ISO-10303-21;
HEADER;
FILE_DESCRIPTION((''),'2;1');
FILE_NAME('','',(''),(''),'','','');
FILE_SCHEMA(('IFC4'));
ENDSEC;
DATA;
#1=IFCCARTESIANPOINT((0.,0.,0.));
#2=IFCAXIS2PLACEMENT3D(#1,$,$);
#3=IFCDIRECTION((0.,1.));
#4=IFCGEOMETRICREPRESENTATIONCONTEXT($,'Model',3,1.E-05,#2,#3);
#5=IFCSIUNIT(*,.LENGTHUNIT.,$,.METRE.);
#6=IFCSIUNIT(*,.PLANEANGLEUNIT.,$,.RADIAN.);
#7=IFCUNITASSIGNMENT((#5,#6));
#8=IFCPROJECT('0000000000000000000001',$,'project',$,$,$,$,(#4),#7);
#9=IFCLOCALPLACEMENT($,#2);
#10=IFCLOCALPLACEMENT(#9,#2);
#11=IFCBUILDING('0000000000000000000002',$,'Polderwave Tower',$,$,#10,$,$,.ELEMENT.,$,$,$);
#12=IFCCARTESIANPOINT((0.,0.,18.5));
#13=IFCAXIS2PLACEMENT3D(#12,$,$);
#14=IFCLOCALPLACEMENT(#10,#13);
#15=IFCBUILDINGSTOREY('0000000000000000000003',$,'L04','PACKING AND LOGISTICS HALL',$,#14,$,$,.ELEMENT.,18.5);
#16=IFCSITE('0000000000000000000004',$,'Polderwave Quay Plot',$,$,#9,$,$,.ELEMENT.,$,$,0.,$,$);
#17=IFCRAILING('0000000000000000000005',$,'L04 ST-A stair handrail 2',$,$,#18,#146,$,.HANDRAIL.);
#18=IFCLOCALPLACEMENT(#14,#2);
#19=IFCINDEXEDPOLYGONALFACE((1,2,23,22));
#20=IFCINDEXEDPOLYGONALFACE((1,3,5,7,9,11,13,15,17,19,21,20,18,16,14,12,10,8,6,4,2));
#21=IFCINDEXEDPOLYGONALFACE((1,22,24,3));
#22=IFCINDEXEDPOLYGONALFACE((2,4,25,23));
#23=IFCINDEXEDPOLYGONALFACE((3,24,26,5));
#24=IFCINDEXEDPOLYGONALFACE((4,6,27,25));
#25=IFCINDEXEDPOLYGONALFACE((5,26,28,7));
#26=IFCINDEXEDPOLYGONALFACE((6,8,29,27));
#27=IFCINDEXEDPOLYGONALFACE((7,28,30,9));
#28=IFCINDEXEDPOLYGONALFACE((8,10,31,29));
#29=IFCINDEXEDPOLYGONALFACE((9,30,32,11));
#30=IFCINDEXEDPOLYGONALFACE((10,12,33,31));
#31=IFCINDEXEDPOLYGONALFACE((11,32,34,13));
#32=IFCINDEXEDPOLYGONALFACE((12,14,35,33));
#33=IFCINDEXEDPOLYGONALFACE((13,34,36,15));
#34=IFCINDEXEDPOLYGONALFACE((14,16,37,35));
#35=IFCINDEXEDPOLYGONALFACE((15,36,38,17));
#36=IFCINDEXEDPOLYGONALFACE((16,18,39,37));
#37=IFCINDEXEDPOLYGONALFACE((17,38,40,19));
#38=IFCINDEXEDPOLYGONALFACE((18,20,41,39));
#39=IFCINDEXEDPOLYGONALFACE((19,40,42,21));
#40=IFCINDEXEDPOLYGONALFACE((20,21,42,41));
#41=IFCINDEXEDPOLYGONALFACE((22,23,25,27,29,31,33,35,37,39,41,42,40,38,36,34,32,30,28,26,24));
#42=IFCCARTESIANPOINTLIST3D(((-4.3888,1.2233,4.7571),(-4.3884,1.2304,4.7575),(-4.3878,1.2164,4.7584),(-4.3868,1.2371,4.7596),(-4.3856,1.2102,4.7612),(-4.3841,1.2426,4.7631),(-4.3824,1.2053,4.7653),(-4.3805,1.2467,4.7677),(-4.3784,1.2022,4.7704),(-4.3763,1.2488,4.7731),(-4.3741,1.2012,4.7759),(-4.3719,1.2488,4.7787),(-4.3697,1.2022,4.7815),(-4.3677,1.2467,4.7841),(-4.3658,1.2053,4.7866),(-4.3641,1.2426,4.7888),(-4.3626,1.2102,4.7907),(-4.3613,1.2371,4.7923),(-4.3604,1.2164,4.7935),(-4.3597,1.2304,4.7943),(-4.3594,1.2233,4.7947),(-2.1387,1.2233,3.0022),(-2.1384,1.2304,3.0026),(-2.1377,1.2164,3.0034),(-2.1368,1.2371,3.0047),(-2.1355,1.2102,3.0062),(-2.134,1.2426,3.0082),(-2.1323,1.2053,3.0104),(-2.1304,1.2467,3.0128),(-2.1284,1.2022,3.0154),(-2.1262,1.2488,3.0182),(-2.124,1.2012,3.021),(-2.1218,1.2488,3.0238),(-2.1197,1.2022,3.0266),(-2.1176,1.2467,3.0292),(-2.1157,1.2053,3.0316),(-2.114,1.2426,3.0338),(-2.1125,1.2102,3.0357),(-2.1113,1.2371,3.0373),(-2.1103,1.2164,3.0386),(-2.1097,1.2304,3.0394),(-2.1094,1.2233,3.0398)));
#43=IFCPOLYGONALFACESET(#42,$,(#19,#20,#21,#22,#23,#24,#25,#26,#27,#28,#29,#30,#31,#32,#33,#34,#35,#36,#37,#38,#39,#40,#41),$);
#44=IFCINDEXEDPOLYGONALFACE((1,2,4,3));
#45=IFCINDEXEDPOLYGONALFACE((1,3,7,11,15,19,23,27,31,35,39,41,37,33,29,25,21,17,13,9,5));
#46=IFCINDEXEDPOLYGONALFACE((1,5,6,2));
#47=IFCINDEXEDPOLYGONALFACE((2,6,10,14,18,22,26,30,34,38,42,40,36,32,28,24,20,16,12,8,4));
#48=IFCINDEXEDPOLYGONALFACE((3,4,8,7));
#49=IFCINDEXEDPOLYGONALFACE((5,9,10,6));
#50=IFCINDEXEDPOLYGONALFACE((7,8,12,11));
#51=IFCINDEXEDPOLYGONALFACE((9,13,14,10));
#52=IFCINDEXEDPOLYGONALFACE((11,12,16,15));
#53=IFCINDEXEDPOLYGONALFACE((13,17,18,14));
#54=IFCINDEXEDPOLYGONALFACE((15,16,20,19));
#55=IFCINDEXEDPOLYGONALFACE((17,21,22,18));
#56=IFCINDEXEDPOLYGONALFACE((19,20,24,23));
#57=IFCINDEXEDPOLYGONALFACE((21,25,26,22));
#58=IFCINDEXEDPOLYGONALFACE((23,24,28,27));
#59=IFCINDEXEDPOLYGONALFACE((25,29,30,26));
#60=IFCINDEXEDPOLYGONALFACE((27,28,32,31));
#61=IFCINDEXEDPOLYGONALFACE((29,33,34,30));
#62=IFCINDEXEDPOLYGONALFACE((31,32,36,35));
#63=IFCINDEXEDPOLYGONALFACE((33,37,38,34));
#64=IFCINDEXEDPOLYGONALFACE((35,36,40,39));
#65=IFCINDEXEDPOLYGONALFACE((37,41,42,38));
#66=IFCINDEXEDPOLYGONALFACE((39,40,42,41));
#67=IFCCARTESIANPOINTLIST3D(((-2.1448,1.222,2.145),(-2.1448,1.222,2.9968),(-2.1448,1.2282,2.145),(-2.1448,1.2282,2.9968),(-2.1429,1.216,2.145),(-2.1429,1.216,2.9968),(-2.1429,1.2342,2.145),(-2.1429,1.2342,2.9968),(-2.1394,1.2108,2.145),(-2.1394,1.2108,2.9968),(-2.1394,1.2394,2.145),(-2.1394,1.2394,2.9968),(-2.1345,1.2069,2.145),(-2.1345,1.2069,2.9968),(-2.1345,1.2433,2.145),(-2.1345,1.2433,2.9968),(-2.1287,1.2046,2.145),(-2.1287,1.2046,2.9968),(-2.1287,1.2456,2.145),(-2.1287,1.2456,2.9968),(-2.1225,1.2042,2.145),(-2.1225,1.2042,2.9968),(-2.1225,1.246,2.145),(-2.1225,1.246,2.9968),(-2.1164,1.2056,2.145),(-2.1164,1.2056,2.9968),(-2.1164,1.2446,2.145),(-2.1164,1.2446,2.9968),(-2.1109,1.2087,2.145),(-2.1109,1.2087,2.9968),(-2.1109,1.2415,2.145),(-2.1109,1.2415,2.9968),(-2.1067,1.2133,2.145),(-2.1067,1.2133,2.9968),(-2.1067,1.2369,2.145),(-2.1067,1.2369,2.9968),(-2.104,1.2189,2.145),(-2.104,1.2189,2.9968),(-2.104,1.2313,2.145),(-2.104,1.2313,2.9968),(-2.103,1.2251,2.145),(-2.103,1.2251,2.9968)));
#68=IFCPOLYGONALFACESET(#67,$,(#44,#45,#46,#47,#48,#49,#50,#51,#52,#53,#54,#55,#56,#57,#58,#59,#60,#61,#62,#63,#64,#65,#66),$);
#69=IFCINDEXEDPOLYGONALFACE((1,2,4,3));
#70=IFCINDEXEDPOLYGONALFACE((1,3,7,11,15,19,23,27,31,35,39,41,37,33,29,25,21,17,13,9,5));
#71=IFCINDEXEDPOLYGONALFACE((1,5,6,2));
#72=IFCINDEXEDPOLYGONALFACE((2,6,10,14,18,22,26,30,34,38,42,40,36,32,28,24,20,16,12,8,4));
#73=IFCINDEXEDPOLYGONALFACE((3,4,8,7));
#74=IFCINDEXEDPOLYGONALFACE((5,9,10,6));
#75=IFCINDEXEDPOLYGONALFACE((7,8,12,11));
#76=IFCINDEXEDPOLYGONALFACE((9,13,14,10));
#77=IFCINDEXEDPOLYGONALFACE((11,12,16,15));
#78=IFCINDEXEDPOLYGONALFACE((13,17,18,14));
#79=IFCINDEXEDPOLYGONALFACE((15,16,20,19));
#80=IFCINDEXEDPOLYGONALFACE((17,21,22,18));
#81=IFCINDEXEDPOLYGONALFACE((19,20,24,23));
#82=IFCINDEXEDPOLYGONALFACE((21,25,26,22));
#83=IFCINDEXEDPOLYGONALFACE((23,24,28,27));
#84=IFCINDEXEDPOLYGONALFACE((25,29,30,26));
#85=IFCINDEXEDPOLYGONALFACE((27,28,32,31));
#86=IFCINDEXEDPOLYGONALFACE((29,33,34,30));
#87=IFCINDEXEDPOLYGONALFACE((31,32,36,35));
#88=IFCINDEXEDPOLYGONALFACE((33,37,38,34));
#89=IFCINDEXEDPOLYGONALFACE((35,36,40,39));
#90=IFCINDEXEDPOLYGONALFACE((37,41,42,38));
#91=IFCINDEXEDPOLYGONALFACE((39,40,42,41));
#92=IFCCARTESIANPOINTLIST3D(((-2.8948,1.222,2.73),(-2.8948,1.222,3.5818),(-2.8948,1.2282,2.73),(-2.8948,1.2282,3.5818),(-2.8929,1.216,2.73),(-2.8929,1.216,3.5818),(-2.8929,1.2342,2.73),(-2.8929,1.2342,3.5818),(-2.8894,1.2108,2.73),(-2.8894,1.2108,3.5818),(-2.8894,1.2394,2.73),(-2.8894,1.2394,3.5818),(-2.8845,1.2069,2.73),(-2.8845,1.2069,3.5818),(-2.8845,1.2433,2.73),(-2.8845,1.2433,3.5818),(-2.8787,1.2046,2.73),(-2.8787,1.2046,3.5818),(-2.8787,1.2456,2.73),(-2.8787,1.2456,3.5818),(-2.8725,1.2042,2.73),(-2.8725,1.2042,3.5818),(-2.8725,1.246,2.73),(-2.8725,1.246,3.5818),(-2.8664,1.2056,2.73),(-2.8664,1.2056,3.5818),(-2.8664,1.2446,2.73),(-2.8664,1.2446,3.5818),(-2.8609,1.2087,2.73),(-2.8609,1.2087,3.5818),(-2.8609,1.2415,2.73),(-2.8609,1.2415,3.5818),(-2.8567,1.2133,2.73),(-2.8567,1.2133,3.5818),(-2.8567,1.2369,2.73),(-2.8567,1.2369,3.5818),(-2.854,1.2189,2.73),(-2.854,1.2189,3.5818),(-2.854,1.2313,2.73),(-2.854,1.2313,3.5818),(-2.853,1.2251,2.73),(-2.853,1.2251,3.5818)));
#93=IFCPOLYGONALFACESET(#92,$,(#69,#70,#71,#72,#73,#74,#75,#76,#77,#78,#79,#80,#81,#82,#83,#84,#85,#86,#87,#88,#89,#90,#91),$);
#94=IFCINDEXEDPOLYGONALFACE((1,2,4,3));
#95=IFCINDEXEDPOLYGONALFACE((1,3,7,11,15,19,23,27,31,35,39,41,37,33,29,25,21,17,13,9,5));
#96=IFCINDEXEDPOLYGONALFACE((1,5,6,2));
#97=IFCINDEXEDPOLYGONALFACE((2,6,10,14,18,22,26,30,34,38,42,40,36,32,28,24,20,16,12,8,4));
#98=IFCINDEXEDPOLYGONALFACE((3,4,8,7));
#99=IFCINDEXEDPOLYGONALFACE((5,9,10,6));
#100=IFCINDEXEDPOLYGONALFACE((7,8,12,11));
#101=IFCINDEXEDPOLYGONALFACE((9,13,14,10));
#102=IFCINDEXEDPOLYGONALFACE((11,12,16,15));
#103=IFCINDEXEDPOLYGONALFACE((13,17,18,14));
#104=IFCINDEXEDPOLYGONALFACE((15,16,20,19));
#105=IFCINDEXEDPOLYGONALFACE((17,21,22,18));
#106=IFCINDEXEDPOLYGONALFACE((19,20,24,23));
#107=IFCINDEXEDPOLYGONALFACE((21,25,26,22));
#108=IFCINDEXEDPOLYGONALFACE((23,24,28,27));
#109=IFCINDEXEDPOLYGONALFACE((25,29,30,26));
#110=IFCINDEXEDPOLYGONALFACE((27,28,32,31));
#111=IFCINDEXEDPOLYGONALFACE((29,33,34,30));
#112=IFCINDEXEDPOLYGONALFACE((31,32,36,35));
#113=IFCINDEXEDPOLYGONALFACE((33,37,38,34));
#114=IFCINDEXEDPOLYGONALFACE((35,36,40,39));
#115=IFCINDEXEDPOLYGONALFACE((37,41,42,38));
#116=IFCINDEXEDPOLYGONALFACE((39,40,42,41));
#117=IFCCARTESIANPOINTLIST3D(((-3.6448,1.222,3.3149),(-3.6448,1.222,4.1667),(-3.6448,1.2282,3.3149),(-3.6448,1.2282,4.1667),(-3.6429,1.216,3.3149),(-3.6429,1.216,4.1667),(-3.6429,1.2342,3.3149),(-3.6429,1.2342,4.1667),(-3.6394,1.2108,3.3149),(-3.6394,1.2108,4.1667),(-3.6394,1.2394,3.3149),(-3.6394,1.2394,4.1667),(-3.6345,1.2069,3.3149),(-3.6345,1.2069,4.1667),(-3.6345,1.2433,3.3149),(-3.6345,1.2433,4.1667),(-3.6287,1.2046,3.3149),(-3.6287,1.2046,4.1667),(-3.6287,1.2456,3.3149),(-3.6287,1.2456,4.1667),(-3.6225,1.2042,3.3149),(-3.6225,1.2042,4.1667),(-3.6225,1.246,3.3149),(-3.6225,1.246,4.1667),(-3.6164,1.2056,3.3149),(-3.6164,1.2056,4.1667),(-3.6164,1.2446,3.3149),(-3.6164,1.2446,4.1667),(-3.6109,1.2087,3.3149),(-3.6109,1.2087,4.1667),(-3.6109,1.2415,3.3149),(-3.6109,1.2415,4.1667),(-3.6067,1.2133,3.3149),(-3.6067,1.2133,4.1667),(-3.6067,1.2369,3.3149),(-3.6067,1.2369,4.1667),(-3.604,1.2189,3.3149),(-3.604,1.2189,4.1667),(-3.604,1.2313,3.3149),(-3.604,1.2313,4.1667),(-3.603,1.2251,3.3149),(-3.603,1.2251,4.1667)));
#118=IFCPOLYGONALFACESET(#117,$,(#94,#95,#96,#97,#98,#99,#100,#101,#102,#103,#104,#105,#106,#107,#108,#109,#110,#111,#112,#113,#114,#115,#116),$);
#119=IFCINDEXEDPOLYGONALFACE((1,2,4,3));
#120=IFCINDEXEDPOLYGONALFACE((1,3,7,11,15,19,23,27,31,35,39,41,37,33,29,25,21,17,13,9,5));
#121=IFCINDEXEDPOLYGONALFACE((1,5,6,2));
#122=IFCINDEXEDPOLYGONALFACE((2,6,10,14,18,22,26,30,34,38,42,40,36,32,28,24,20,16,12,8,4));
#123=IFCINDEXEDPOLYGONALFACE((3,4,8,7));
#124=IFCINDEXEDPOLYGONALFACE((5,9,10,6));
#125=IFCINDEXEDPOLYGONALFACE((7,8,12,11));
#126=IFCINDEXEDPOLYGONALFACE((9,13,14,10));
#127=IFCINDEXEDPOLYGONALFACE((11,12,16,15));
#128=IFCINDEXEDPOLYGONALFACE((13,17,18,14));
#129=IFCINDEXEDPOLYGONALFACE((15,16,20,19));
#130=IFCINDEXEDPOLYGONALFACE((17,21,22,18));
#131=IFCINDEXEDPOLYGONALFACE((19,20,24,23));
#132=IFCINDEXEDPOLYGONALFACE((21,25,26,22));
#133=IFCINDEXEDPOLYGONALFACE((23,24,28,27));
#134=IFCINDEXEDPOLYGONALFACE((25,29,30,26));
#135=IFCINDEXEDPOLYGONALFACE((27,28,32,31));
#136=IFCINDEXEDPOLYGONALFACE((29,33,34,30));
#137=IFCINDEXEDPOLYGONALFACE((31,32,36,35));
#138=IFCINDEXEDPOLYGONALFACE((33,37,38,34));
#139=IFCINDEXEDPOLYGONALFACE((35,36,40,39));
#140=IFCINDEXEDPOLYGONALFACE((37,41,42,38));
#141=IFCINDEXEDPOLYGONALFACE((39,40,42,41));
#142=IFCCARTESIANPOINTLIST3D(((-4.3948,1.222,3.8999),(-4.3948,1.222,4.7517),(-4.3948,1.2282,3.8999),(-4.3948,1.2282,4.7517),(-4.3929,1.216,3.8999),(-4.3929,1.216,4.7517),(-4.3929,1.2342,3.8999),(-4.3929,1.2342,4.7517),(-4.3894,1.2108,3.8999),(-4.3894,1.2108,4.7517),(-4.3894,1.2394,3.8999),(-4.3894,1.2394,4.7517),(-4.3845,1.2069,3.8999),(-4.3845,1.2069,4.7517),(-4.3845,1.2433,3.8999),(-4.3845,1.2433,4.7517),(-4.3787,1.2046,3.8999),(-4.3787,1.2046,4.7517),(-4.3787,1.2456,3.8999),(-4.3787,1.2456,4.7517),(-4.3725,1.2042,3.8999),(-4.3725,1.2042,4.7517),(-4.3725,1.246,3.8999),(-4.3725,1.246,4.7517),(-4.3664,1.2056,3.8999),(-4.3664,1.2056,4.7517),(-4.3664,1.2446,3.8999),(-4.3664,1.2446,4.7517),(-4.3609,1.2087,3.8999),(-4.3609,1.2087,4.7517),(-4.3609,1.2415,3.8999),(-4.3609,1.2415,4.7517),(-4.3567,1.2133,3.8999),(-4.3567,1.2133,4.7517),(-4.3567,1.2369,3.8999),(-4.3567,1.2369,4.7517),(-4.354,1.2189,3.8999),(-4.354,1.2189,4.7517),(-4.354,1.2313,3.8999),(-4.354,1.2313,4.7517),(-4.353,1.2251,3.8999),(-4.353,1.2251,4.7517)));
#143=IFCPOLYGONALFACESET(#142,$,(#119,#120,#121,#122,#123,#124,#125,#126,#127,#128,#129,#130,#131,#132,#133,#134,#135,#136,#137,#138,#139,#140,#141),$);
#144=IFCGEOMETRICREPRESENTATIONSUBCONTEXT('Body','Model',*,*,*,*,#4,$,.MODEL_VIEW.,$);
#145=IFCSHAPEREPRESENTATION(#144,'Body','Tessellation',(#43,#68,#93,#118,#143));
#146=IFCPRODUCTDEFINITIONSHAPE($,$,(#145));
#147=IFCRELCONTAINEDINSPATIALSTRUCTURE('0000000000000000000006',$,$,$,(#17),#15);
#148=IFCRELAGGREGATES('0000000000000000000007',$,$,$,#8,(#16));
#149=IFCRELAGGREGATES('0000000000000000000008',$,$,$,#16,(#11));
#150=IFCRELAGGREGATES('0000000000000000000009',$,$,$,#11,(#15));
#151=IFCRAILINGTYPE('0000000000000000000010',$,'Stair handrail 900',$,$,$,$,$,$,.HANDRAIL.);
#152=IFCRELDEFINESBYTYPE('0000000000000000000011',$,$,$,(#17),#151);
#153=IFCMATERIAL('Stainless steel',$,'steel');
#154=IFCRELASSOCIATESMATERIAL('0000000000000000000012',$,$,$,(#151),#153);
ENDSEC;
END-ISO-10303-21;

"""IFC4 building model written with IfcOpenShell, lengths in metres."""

from ifc_helpers import new_model, si_unit, direction, frame, origin, origin_2d, place, context, subcontext, project, spatial, circle, extrude, material, type_object, element, save


model = new_model("IFC4")

# Units and contexts
model_context = context("Model", 3, precision=1e-05, world=origin(), true_north=direction((0.0, 1.0)))
body_context = subcontext(model_context, "Body", "Model", "MODEL_VIEW")
ifc_project = project(units=[si_unit("LENGTHUNIT", "METRE"), si_unit("PLANEANGLEUNIT", "RADIAN")], contexts=[model_context])

# Site, building, storey
site_placement = place(None, origin())
site = spatial("IfcSite", under=ifc_project, at=site_placement, Name="Polderwave Quay Plot", CompositionType="ELEMENT", RefElevation=0.0)
building_placement = place(site_placement, origin())
building = spatial("IfcBuilding", under=site, at=building_placement, Name="Polderwave Tower", CompositionType="ELEMENT")
storey_placement = place(building_placement, frame((0.0, 0.0, 18.5)))
storey = spatial("IfcBuildingStorey", under=building, at=storey_placement, Name="L04", Description="PACKING AND LOGISTICS HALL", CompositionType="ELEMENT", Elevation=18.5)

# Railing
ifc_material_1 = material(Name="Stainless steel", Category="steel")
railing_type_1 = type_object("IfcRailingType", Name="Stair handrail 900", PredefinedType="HANDRAIL", material=ifc_material_1)
railing_1_placement = place(storey_placement, frame((-2.124, 1.2251, 2.145)))
element("IfcRailing", 1, at=railing_1_placement, inside=storey, type_object=railing_type_1, Name="L04 ST-A stair handrail 2", PredefinedType="HANDRAIL", context=body_context, shape_type="SweptSolid", body=[
    extrude(circle(Radius=0.0239, at=origin_2d()), frame((0.0, 0.0, 0.876), z_axis=(-0.788522, 0.0, 0.615006), x_axis=(0.0, -1.0, 0.0)), (0.0, 0.0, 1.0), 2.8535),
    extrude(circle(Radius=0.021, at=origin_2d()), origin(), (0.0, 0.0, 1.0), 0.8518),
    extrude(circle(Radius=0.021, at=origin_2d()), frame((-0.75, 0.0, 0.585)), (0.0, 0.0, 1.0), 0.8518),
    extrude(circle(Radius=0.021, at=origin_2d()), frame((-1.5, 0.0, 1.1699)), (0.0, 0.0, 1.0), 0.8518),
    extrude(circle(Radius=0.021, at=origin_2d()), frame((-2.25, 0.0, 1.7549)), (0.0, 0.0, 1.0), 0.8518),
])

save(model, "model.ifc")
